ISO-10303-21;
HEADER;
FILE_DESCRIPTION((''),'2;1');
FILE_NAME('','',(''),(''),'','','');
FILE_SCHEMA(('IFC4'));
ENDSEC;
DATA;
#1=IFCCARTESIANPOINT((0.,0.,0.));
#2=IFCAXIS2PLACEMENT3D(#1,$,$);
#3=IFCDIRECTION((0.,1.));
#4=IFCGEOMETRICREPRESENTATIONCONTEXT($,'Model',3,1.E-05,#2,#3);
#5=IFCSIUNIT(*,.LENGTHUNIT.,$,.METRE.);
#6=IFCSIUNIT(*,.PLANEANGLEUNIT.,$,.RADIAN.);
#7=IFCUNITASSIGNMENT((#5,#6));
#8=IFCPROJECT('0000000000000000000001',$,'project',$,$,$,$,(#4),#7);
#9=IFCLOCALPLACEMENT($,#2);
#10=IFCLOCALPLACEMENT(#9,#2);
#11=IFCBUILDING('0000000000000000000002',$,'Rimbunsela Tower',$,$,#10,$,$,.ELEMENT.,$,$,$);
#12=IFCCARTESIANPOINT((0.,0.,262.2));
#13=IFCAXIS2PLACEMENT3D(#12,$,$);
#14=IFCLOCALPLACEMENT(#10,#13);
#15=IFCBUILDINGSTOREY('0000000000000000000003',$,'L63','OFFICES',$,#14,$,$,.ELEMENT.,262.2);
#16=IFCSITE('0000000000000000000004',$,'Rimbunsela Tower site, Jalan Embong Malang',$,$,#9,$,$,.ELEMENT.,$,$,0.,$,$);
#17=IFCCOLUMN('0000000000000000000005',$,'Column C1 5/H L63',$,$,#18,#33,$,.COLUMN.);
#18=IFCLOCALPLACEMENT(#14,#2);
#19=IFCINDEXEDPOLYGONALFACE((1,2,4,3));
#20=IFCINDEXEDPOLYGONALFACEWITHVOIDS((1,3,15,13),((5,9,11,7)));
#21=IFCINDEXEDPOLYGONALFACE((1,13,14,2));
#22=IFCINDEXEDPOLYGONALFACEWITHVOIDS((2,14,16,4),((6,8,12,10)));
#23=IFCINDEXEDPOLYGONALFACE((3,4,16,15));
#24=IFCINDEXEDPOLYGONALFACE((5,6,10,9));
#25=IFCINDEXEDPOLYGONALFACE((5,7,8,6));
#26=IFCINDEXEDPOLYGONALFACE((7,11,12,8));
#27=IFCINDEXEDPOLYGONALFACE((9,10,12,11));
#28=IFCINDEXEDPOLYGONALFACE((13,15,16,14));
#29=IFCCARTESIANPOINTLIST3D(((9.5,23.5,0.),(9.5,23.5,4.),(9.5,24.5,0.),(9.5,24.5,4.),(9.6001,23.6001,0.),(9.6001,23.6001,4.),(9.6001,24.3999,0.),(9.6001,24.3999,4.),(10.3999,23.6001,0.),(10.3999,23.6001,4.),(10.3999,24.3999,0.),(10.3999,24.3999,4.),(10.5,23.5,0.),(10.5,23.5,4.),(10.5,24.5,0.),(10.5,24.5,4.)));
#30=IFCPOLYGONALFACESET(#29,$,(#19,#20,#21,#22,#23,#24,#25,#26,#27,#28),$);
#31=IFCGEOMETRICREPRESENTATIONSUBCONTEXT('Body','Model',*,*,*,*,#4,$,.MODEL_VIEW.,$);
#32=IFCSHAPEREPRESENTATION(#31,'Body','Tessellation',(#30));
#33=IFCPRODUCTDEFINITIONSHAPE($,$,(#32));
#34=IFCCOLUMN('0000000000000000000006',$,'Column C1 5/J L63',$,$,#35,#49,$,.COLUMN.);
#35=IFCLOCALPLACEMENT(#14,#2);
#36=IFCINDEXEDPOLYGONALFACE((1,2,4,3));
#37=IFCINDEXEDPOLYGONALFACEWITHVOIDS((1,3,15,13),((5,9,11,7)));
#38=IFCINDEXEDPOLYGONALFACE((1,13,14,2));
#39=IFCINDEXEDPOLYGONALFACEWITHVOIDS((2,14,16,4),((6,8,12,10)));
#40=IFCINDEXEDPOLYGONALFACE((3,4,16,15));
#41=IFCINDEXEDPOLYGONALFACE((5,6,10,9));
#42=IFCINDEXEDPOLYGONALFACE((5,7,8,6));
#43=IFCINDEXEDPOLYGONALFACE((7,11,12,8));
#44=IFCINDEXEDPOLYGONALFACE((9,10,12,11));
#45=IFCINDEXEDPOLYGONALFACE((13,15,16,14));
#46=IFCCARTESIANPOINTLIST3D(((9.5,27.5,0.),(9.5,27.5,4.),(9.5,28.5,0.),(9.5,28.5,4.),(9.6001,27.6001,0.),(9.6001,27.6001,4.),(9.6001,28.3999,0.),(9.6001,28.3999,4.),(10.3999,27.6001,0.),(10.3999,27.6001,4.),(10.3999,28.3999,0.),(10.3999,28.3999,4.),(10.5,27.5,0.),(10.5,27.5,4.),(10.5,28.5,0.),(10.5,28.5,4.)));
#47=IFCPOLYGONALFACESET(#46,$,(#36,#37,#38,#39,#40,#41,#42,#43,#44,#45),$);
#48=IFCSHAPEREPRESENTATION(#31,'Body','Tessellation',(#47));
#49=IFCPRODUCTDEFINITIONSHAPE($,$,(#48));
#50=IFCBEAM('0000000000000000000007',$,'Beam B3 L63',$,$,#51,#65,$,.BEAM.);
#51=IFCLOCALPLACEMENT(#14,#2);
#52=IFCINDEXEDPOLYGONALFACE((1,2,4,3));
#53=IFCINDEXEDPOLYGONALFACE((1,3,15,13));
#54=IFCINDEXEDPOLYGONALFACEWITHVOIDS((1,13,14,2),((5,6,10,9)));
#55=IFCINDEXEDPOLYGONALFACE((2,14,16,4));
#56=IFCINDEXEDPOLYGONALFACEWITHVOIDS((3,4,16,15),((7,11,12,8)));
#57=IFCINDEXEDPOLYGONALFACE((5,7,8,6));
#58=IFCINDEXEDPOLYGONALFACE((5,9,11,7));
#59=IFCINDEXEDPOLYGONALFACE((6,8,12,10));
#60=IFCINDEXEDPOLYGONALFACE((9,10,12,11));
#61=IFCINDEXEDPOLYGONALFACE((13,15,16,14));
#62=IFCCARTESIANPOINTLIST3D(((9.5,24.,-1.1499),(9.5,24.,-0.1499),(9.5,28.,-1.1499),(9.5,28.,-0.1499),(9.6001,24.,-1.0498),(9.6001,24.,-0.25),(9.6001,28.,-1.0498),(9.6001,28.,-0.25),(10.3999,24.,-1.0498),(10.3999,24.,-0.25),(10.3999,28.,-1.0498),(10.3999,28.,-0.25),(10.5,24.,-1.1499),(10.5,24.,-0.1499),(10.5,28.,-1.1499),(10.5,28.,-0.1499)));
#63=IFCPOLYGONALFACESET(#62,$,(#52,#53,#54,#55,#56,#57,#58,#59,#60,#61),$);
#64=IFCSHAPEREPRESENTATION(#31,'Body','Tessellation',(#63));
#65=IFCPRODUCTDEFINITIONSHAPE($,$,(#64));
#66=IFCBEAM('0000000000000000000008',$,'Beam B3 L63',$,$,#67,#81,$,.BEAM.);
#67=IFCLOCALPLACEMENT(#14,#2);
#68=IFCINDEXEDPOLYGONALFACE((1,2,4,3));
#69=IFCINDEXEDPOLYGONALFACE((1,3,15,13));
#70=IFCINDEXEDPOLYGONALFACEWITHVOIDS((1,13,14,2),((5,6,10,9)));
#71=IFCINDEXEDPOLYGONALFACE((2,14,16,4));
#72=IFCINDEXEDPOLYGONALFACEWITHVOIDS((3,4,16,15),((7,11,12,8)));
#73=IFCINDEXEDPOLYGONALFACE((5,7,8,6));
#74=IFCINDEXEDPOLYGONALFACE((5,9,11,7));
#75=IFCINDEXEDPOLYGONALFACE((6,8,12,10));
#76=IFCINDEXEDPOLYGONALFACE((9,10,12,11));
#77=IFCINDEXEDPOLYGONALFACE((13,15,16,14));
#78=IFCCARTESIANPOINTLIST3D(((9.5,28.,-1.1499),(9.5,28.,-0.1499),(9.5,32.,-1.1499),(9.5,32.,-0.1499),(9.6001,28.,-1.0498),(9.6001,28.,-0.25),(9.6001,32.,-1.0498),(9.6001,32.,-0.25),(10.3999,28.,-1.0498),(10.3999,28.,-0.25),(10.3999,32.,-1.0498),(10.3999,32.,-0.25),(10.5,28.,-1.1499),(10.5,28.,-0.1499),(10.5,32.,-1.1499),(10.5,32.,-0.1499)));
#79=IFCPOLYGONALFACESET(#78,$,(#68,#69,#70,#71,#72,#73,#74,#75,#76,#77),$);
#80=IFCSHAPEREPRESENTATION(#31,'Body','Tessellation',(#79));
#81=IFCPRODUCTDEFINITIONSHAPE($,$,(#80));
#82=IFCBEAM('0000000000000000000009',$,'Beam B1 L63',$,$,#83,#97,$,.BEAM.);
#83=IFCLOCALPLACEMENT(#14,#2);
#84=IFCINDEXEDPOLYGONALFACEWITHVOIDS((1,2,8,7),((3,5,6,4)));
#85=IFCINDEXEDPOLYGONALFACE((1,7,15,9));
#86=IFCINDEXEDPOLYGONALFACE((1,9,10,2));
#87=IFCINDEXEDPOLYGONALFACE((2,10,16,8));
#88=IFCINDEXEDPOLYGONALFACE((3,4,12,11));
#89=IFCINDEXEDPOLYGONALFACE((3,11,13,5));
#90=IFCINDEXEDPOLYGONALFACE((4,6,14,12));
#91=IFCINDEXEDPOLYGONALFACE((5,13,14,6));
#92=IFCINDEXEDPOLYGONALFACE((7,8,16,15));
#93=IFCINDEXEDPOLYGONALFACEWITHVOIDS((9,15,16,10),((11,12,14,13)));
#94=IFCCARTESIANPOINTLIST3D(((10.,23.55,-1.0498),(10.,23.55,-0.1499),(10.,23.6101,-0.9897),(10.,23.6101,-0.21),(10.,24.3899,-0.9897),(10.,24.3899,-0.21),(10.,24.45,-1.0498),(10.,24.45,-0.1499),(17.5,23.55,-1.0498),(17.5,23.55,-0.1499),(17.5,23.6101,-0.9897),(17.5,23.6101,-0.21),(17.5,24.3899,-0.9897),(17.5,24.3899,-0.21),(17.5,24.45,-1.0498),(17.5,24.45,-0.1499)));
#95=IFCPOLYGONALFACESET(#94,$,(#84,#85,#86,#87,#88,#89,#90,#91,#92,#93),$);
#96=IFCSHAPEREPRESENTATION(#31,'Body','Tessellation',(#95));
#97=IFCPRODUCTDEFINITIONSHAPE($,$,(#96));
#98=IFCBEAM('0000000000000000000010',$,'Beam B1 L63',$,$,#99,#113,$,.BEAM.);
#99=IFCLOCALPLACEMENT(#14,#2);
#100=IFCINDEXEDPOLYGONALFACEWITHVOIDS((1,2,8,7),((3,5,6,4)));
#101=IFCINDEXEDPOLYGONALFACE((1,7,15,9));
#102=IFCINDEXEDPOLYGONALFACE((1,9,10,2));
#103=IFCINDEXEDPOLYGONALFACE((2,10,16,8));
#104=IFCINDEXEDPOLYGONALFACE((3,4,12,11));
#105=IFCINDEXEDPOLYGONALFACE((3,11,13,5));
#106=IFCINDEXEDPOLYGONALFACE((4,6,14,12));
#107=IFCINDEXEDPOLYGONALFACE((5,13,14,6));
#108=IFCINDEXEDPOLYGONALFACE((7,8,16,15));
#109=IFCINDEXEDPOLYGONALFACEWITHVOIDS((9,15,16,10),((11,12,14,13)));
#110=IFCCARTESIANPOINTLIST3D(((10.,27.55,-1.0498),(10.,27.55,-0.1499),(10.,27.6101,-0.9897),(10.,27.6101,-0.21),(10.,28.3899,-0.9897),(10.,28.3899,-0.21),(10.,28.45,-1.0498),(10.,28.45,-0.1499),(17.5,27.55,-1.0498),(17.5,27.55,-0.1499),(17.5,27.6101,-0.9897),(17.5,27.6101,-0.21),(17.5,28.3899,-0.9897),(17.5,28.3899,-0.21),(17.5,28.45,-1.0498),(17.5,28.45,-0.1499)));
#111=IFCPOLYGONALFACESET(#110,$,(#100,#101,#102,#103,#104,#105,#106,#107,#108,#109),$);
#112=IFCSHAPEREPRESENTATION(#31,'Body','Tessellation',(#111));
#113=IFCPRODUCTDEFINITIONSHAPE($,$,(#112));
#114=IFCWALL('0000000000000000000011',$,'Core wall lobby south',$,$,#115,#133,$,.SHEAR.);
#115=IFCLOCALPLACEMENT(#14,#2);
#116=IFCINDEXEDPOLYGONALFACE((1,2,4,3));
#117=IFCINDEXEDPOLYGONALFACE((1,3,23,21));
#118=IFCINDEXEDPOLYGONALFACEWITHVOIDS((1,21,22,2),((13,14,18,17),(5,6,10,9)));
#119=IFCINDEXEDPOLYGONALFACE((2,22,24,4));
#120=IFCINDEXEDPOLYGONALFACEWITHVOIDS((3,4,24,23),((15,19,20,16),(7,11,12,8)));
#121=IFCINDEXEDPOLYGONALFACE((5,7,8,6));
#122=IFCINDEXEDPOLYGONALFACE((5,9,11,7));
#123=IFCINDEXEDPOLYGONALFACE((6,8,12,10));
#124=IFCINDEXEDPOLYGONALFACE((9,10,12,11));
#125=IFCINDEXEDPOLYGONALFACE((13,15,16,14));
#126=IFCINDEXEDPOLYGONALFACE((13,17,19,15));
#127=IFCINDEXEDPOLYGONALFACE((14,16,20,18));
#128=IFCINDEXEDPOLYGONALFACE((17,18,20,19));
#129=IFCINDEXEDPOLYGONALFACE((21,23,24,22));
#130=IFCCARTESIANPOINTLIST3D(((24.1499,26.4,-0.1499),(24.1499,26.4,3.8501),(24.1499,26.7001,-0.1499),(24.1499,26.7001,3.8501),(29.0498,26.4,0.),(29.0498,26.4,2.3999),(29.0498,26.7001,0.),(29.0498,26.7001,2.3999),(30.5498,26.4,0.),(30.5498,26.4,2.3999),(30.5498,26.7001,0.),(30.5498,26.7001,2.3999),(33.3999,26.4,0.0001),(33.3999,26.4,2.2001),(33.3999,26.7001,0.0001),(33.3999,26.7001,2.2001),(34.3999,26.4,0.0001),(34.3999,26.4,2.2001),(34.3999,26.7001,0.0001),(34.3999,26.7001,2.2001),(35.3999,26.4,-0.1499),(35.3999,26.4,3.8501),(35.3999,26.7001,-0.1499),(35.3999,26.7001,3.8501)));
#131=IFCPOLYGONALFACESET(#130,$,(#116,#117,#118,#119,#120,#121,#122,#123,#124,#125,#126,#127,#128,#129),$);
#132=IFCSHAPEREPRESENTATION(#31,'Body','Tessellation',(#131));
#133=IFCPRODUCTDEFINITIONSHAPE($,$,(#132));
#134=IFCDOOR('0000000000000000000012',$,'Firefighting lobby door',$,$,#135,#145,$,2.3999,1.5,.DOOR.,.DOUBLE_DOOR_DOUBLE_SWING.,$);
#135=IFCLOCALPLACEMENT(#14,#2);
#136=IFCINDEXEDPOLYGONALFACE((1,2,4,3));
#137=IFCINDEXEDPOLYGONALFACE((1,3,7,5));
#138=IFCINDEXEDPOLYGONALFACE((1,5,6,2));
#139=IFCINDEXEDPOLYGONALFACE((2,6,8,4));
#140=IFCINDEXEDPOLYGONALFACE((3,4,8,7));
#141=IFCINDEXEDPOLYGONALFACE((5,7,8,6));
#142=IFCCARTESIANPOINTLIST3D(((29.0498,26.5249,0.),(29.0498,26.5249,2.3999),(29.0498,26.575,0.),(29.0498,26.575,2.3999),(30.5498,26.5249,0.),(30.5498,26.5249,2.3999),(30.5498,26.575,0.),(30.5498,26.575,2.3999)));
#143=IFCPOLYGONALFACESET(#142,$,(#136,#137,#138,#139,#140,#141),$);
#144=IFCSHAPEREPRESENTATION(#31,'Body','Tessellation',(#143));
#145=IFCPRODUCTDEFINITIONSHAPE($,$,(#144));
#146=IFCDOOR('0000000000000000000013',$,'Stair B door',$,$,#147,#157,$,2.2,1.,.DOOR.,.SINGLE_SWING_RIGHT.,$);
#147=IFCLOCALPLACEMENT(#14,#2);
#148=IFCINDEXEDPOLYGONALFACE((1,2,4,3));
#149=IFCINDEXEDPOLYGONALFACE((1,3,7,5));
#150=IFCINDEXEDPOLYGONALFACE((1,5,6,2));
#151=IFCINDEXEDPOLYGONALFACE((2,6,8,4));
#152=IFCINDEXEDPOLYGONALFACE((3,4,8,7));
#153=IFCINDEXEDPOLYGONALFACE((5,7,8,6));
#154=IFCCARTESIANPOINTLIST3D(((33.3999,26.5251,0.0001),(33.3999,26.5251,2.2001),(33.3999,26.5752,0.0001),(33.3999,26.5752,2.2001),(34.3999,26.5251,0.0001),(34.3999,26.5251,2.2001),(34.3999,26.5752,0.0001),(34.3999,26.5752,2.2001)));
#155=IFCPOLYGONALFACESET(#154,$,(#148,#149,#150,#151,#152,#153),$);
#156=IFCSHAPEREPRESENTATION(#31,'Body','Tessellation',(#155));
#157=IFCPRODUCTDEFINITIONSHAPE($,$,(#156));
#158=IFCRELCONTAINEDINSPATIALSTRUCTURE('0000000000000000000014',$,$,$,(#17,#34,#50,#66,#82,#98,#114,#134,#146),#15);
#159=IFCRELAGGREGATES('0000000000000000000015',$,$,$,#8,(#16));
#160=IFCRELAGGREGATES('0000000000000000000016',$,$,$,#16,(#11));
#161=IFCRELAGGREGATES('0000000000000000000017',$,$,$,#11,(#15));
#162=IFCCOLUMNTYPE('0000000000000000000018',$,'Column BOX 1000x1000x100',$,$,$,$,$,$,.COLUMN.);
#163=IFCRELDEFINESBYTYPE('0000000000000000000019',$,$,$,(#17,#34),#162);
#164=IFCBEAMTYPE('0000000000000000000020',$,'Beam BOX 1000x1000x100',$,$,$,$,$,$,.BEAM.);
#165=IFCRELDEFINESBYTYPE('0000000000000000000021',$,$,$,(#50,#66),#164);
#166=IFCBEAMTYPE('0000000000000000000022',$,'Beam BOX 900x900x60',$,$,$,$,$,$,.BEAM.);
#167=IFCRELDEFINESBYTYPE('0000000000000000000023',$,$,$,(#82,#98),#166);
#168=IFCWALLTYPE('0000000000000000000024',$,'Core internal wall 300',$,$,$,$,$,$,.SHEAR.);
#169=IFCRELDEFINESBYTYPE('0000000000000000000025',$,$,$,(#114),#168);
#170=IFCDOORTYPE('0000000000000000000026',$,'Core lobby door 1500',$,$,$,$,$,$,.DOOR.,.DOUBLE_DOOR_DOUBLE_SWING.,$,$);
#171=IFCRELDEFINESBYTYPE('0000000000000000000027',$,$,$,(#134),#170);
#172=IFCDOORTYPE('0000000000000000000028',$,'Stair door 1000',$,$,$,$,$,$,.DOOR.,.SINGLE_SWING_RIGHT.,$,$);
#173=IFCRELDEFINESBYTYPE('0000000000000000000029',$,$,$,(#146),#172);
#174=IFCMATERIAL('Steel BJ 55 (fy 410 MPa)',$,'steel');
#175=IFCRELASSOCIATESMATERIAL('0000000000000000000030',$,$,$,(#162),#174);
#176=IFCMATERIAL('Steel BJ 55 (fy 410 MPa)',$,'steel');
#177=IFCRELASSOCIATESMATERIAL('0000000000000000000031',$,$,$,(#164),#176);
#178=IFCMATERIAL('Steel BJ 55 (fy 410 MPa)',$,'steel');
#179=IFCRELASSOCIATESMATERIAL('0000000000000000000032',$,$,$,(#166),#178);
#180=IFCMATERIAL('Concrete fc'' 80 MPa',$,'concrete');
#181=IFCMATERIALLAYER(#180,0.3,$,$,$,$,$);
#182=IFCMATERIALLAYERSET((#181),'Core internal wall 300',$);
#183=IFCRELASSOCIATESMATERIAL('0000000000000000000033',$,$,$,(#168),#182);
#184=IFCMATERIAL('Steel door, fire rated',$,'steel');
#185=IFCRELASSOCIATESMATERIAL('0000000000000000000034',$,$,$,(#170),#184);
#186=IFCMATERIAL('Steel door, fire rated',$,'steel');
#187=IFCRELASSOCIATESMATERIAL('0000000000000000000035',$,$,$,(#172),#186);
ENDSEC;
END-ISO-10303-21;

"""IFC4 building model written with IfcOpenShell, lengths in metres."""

from ifc_helpers import new_model, si_unit, direction, frame, frame_2d, origin, origin_2d, place, context, subcontext, project, spatial, rectangle, hollow_rectangle, extrude, material, layer, layer_set, material_profile, profile_set, type_object, element, fill, save


model = new_model("IFC4")

# Units and contexts
model_context = context("Model", 3, precision=1e-05, world=origin(), true_north=direction((0.0, 1.0)))
body_context = subcontext(model_context, "Body", "Model", "MODEL_VIEW")
ifc_project = project(units=[si_unit("LENGTHUNIT", "METRE"), si_unit("PLANEANGLEUNIT", "RADIAN")], contexts=[model_context])

# Site, building, storey
site_placement = place(None, origin())
site = spatial("IfcSite", under=ifc_project, at=site_placement, Name="Rimbunsela Tower site, Jalan Embong Malang", CompositionType="ELEMENT", RefElevation=0.0)
building_placement = place(site_placement, origin())
building = spatial("IfcBuilding", under=site, at=building_placement, Name="Rimbunsela Tower", CompositionType="ELEMENT")
storey_placement = place(building_placement, frame((0.0, 0.0, 262.2)))
storey = spatial("IfcBuildingStorey", under=building, at=storey_placement, Name="L63", Description="OFFICES", CompositionType="ELEMENT", Elevation=262.2)

# Columns
ifc_material_1 = material(Name="Steel BJ 55 (fy 410 MPa)", Category="steel")
ifc_material_profile_1 = material_profile(ifc_material_1, hollow_rectangle(XDim=1.0, YDim=1.0, WallThickness=0.1001, at=origin_2d()), Name="BOX 1000x1000x100")
ifc_profile_set_1 = profile_set([ifc_material_profile_1], Name="Steel BJ 55 (fy 410 MPa)")
column_type = type_object("IfcColumnType", Name="Column BOX 1000x1000x100", PredefinedType="COLUMN", material=ifc_profile_set_1)
for number, where, z_axis, x_axis, name in (
    (1, (10.0, 24.0, 0.0), (0.0, 0.0, 1.0), (1.0, 0.0, 0.0), "Column C1 5/H L63"),
    (2, (10.0, 28.0, 0.0), (0.0, 0.0, 1.0), (1.0, 0.0, 0.0), "Column C1 5/J L63"),
):
    element("IfcColumn", number, at=place(storey_placement, frame(where, z_axis=z_axis, x_axis=x_axis)), inside=storey, type_object=column_type, Name=name, PredefinedType="COLUMN", context=body_context, shape_type="SweptSolid", body=[
        extrude(hollow_rectangle(XDim=1.0, YDim=1.0, WallThickness=0.1001, at=origin_2d()), origin(), (0.0, 0.0, 1.0), 4.0),
    ])

# Beams
ifc_material_2 = material(Name="Steel BJ 55 (fy 410 MPa)", Category="steel")
ifc_material_profile_2 = material_profile(ifc_material_2, hollow_rectangle(XDim=1.0, YDim=1.0, WallThickness=0.1001, at=origin_2d()), Name="BOX 1000x1000x100")
ifc_profile_set_2 = profile_set([ifc_material_profile_2], Name="Steel BJ 55 (fy 410 MPa)")
beam_type_1 = type_object("IfcBeamType", Name="Beam BOX 1000x1000x100", PredefinedType="BEAM", material=ifc_profile_set_2)
for number, where, z_axis, x_axis, name in (
    (3, (10.0, 24.0, -0.6499), (0.0, 1.0, 0.0), (-1.0, 0.0, 0.0), "Beam B3 L63"),
    (4, (10.0, 28.0, -0.6499), (0.0, 1.0, 0.0), (-1.0, 0.0, 0.0), "Beam B3 L63"),
):
    element("IfcBeam", number, at=place(storey_placement, frame(where, z_axis=z_axis, x_axis=x_axis)), inside=storey, type_object=beam_type_1, Name=name, PredefinedType="BEAM", context=body_context, shape_type="SweptSolid", body=[
        extrude(hollow_rectangle(XDim=1.0, YDim=1.0, WallThickness=0.1001, at=origin_2d()), origin(), (0.0, 0.0, 1.0), 4.0),
    ])
ifc_material_3 = material(Name="Steel BJ 55 (fy 410 MPa)", Category="steel")
ifc_material_profile_3 = material_profile(ifc_material_3, hollow_rectangle(XDim=0.8999, YDim=0.8999, WallThickness=0.0601, at=origin_2d()), Name="BOX 900x900x60")
ifc_profile_set_3 = profile_set([ifc_material_profile_3], Name="Steel BJ 55 (fy 410 MPa)")
beam_type_2 = type_object("IfcBeamType", Name="Beam BOX 900x900x60", PredefinedType="BEAM", material=ifc_profile_set_3)
for number, where, z_axis, x_axis, name in (
    (5, (10.0, 24.0, -0.5999), (1.0, 0.0, 0.0), (0.0, 1.0, 0.0), "Beam B1 L63"),
    (6, (10.0, 28.0, -0.5999), (1.0, 0.0, 0.0), (0.0, 1.0, 0.0), "Beam B1 L63"),
):
    element("IfcBeam", number, at=place(storey_placement, frame(where, z_axis=z_axis, x_axis=x_axis)), inside=storey, type_object=beam_type_2, Name=name, PredefinedType="BEAM", context=body_context, shape_type="SweptSolid", body=[
        extrude(hollow_rectangle(XDim=0.8999, YDim=0.8999, WallThickness=0.0601, at=origin_2d()), origin(), (0.0, 0.0, 1.0), 7.5),
    ])

# Wall, openings, doors
ifc_material_4 = material(Name="Concrete fc' 80 MPa", Category="concrete")
ifc_layer_1 = layer(ifc_material_4, 0.3)
ifc_layer_set_1 = layer_set([ifc_layer_1], Name="Core internal wall 300")
wall_type_1 = type_object("IfcWallType", Name="Core internal wall 300", PredefinedType="SHEAR", material=ifc_layer_set_1)
wall_1_placement = place(storey_placement, frame((24.1499, 26.55, -0.1499), z_axis=(0.0, 0.0, 1.0), x_axis=(1.0, 0.0, 0.0)))
wall_1 = element("IfcWall", 7, at=wall_1_placement, inside=storey, type_object=wall_type_1, Name="Core wall lobby south", PredefinedType="SHEAR", context=body_context, shape_type="SweptSolid", body=[
    extrude(rectangle(XDim=11.25, YDim=0.3, at=frame_2d((5.625, 0.0))), origin(), (0.0, 0.0, 1.0), 4.0),
])
opening_1_placement = place(wall_1_placement, frame((9.25, 0.0, 0.1499)))
opening_1 = element("IfcOpeningElement", 8, at=opening_1_placement, cuts=wall_1, PredefinedType="OPENING", context=body_context, shape_type="SweptSolid", body=[
    extrude(rectangle(XDim=1.0, YDim=2.2, at=frame_2d((0.5, 1.1001))), frame((0.0, 0.1599, 0.0), z_axis=(0.0, -1.0, 0.0), x_axis=(1.0, 0.0, 0.0)), (0.0, 0.0, 1.0), 0.3201),
])
opening_2_placement = place(wall_1_placement, frame((4.8999, 0.0, 0.1499)))
opening_2 = element("IfcOpeningElement", 9, at=opening_2_placement, cuts=wall_1, PredefinedType="OPENING", context=body_context, shape_type="SweptSolid", body=[
    extrude(rectangle(XDim=1.5, YDim=2.3999, at=frame_2d((0.75, 1.2))), frame((0.0, 0.1599, 0.0), z_axis=(0.0, -1.0, 0.0), x_axis=(1.0, 0.0, 0.0)), (0.0, 0.0, 1.0), 0.3201),
])
ifc_material_5 = material(Name="Steel door, fire rated", Category="steel")
door_type_1 = type_object("IfcDoorType", Name="Core lobby door 1500", OperationType="DOUBLE_DOOR_DOUBLE_SWING", PredefinedType="DOOR", material=ifc_material_5)
door_1_placement = place(opening_2_placement, origin())
door_1 = element("IfcDoor", 10, at=door_1_placement, inside=storey, type_object=door_type_1, Name="Firefighting lobby door", OperationType="DOUBLE_DOOR_DOUBLE_SWING", OverallHeight=2.3999, OverallWidth=1.5, PredefinedType="DOOR", context=body_context, shape_type="SweptSolid", body=[
    extrude(rectangle(XDim=1.5, YDim=2.3999, at=frame_2d((0.75, 1.2))), frame((0.0, 0.0249, 0.0), z_axis=(0.0, -1.0, 0.0), x_axis=(1.0, 0.0, 0.0)), (0.0, 0.0, 1.0), 0.05),
])
fill(opening_2, door_1)
ifc_material_6 = material(Name="Steel door, fire rated", Category="steel")
door_type_2 = type_object("IfcDoorType", Name="Stair door 1000", OperationType="SINGLE_SWING_RIGHT", PredefinedType="DOOR", material=ifc_material_6)
door_2_placement = place(opening_1_placement, frame((1.0, 0.0, 0.0), z_axis=(0.0, 0.0, 1.0), x_axis=(-1.0, 0.0, 0.0)))
door_2 = element("IfcDoor", 11, at=door_2_placement, inside=storey, type_object=door_type_2, Name="Stair B door", OperationType="SINGLE_SWING_RIGHT", OverallHeight=2.2, OverallWidth=1.0, PredefinedType="DOOR", context=body_context, shape_type="SweptSolid", body=[
    extrude(rectangle(XDim=1.0, YDim=2.2, at=frame_2d((0.5, 1.1001))), frame((0.0, 0.0249, 0.0), z_axis=(0.0, -1.0, 0.0), x_axis=(1.0, 0.0, 0.0)), (0.0, 0.0, 1.0), 0.05),
])
fill(opening_1, door_2)

save(model, "model.ifc")
